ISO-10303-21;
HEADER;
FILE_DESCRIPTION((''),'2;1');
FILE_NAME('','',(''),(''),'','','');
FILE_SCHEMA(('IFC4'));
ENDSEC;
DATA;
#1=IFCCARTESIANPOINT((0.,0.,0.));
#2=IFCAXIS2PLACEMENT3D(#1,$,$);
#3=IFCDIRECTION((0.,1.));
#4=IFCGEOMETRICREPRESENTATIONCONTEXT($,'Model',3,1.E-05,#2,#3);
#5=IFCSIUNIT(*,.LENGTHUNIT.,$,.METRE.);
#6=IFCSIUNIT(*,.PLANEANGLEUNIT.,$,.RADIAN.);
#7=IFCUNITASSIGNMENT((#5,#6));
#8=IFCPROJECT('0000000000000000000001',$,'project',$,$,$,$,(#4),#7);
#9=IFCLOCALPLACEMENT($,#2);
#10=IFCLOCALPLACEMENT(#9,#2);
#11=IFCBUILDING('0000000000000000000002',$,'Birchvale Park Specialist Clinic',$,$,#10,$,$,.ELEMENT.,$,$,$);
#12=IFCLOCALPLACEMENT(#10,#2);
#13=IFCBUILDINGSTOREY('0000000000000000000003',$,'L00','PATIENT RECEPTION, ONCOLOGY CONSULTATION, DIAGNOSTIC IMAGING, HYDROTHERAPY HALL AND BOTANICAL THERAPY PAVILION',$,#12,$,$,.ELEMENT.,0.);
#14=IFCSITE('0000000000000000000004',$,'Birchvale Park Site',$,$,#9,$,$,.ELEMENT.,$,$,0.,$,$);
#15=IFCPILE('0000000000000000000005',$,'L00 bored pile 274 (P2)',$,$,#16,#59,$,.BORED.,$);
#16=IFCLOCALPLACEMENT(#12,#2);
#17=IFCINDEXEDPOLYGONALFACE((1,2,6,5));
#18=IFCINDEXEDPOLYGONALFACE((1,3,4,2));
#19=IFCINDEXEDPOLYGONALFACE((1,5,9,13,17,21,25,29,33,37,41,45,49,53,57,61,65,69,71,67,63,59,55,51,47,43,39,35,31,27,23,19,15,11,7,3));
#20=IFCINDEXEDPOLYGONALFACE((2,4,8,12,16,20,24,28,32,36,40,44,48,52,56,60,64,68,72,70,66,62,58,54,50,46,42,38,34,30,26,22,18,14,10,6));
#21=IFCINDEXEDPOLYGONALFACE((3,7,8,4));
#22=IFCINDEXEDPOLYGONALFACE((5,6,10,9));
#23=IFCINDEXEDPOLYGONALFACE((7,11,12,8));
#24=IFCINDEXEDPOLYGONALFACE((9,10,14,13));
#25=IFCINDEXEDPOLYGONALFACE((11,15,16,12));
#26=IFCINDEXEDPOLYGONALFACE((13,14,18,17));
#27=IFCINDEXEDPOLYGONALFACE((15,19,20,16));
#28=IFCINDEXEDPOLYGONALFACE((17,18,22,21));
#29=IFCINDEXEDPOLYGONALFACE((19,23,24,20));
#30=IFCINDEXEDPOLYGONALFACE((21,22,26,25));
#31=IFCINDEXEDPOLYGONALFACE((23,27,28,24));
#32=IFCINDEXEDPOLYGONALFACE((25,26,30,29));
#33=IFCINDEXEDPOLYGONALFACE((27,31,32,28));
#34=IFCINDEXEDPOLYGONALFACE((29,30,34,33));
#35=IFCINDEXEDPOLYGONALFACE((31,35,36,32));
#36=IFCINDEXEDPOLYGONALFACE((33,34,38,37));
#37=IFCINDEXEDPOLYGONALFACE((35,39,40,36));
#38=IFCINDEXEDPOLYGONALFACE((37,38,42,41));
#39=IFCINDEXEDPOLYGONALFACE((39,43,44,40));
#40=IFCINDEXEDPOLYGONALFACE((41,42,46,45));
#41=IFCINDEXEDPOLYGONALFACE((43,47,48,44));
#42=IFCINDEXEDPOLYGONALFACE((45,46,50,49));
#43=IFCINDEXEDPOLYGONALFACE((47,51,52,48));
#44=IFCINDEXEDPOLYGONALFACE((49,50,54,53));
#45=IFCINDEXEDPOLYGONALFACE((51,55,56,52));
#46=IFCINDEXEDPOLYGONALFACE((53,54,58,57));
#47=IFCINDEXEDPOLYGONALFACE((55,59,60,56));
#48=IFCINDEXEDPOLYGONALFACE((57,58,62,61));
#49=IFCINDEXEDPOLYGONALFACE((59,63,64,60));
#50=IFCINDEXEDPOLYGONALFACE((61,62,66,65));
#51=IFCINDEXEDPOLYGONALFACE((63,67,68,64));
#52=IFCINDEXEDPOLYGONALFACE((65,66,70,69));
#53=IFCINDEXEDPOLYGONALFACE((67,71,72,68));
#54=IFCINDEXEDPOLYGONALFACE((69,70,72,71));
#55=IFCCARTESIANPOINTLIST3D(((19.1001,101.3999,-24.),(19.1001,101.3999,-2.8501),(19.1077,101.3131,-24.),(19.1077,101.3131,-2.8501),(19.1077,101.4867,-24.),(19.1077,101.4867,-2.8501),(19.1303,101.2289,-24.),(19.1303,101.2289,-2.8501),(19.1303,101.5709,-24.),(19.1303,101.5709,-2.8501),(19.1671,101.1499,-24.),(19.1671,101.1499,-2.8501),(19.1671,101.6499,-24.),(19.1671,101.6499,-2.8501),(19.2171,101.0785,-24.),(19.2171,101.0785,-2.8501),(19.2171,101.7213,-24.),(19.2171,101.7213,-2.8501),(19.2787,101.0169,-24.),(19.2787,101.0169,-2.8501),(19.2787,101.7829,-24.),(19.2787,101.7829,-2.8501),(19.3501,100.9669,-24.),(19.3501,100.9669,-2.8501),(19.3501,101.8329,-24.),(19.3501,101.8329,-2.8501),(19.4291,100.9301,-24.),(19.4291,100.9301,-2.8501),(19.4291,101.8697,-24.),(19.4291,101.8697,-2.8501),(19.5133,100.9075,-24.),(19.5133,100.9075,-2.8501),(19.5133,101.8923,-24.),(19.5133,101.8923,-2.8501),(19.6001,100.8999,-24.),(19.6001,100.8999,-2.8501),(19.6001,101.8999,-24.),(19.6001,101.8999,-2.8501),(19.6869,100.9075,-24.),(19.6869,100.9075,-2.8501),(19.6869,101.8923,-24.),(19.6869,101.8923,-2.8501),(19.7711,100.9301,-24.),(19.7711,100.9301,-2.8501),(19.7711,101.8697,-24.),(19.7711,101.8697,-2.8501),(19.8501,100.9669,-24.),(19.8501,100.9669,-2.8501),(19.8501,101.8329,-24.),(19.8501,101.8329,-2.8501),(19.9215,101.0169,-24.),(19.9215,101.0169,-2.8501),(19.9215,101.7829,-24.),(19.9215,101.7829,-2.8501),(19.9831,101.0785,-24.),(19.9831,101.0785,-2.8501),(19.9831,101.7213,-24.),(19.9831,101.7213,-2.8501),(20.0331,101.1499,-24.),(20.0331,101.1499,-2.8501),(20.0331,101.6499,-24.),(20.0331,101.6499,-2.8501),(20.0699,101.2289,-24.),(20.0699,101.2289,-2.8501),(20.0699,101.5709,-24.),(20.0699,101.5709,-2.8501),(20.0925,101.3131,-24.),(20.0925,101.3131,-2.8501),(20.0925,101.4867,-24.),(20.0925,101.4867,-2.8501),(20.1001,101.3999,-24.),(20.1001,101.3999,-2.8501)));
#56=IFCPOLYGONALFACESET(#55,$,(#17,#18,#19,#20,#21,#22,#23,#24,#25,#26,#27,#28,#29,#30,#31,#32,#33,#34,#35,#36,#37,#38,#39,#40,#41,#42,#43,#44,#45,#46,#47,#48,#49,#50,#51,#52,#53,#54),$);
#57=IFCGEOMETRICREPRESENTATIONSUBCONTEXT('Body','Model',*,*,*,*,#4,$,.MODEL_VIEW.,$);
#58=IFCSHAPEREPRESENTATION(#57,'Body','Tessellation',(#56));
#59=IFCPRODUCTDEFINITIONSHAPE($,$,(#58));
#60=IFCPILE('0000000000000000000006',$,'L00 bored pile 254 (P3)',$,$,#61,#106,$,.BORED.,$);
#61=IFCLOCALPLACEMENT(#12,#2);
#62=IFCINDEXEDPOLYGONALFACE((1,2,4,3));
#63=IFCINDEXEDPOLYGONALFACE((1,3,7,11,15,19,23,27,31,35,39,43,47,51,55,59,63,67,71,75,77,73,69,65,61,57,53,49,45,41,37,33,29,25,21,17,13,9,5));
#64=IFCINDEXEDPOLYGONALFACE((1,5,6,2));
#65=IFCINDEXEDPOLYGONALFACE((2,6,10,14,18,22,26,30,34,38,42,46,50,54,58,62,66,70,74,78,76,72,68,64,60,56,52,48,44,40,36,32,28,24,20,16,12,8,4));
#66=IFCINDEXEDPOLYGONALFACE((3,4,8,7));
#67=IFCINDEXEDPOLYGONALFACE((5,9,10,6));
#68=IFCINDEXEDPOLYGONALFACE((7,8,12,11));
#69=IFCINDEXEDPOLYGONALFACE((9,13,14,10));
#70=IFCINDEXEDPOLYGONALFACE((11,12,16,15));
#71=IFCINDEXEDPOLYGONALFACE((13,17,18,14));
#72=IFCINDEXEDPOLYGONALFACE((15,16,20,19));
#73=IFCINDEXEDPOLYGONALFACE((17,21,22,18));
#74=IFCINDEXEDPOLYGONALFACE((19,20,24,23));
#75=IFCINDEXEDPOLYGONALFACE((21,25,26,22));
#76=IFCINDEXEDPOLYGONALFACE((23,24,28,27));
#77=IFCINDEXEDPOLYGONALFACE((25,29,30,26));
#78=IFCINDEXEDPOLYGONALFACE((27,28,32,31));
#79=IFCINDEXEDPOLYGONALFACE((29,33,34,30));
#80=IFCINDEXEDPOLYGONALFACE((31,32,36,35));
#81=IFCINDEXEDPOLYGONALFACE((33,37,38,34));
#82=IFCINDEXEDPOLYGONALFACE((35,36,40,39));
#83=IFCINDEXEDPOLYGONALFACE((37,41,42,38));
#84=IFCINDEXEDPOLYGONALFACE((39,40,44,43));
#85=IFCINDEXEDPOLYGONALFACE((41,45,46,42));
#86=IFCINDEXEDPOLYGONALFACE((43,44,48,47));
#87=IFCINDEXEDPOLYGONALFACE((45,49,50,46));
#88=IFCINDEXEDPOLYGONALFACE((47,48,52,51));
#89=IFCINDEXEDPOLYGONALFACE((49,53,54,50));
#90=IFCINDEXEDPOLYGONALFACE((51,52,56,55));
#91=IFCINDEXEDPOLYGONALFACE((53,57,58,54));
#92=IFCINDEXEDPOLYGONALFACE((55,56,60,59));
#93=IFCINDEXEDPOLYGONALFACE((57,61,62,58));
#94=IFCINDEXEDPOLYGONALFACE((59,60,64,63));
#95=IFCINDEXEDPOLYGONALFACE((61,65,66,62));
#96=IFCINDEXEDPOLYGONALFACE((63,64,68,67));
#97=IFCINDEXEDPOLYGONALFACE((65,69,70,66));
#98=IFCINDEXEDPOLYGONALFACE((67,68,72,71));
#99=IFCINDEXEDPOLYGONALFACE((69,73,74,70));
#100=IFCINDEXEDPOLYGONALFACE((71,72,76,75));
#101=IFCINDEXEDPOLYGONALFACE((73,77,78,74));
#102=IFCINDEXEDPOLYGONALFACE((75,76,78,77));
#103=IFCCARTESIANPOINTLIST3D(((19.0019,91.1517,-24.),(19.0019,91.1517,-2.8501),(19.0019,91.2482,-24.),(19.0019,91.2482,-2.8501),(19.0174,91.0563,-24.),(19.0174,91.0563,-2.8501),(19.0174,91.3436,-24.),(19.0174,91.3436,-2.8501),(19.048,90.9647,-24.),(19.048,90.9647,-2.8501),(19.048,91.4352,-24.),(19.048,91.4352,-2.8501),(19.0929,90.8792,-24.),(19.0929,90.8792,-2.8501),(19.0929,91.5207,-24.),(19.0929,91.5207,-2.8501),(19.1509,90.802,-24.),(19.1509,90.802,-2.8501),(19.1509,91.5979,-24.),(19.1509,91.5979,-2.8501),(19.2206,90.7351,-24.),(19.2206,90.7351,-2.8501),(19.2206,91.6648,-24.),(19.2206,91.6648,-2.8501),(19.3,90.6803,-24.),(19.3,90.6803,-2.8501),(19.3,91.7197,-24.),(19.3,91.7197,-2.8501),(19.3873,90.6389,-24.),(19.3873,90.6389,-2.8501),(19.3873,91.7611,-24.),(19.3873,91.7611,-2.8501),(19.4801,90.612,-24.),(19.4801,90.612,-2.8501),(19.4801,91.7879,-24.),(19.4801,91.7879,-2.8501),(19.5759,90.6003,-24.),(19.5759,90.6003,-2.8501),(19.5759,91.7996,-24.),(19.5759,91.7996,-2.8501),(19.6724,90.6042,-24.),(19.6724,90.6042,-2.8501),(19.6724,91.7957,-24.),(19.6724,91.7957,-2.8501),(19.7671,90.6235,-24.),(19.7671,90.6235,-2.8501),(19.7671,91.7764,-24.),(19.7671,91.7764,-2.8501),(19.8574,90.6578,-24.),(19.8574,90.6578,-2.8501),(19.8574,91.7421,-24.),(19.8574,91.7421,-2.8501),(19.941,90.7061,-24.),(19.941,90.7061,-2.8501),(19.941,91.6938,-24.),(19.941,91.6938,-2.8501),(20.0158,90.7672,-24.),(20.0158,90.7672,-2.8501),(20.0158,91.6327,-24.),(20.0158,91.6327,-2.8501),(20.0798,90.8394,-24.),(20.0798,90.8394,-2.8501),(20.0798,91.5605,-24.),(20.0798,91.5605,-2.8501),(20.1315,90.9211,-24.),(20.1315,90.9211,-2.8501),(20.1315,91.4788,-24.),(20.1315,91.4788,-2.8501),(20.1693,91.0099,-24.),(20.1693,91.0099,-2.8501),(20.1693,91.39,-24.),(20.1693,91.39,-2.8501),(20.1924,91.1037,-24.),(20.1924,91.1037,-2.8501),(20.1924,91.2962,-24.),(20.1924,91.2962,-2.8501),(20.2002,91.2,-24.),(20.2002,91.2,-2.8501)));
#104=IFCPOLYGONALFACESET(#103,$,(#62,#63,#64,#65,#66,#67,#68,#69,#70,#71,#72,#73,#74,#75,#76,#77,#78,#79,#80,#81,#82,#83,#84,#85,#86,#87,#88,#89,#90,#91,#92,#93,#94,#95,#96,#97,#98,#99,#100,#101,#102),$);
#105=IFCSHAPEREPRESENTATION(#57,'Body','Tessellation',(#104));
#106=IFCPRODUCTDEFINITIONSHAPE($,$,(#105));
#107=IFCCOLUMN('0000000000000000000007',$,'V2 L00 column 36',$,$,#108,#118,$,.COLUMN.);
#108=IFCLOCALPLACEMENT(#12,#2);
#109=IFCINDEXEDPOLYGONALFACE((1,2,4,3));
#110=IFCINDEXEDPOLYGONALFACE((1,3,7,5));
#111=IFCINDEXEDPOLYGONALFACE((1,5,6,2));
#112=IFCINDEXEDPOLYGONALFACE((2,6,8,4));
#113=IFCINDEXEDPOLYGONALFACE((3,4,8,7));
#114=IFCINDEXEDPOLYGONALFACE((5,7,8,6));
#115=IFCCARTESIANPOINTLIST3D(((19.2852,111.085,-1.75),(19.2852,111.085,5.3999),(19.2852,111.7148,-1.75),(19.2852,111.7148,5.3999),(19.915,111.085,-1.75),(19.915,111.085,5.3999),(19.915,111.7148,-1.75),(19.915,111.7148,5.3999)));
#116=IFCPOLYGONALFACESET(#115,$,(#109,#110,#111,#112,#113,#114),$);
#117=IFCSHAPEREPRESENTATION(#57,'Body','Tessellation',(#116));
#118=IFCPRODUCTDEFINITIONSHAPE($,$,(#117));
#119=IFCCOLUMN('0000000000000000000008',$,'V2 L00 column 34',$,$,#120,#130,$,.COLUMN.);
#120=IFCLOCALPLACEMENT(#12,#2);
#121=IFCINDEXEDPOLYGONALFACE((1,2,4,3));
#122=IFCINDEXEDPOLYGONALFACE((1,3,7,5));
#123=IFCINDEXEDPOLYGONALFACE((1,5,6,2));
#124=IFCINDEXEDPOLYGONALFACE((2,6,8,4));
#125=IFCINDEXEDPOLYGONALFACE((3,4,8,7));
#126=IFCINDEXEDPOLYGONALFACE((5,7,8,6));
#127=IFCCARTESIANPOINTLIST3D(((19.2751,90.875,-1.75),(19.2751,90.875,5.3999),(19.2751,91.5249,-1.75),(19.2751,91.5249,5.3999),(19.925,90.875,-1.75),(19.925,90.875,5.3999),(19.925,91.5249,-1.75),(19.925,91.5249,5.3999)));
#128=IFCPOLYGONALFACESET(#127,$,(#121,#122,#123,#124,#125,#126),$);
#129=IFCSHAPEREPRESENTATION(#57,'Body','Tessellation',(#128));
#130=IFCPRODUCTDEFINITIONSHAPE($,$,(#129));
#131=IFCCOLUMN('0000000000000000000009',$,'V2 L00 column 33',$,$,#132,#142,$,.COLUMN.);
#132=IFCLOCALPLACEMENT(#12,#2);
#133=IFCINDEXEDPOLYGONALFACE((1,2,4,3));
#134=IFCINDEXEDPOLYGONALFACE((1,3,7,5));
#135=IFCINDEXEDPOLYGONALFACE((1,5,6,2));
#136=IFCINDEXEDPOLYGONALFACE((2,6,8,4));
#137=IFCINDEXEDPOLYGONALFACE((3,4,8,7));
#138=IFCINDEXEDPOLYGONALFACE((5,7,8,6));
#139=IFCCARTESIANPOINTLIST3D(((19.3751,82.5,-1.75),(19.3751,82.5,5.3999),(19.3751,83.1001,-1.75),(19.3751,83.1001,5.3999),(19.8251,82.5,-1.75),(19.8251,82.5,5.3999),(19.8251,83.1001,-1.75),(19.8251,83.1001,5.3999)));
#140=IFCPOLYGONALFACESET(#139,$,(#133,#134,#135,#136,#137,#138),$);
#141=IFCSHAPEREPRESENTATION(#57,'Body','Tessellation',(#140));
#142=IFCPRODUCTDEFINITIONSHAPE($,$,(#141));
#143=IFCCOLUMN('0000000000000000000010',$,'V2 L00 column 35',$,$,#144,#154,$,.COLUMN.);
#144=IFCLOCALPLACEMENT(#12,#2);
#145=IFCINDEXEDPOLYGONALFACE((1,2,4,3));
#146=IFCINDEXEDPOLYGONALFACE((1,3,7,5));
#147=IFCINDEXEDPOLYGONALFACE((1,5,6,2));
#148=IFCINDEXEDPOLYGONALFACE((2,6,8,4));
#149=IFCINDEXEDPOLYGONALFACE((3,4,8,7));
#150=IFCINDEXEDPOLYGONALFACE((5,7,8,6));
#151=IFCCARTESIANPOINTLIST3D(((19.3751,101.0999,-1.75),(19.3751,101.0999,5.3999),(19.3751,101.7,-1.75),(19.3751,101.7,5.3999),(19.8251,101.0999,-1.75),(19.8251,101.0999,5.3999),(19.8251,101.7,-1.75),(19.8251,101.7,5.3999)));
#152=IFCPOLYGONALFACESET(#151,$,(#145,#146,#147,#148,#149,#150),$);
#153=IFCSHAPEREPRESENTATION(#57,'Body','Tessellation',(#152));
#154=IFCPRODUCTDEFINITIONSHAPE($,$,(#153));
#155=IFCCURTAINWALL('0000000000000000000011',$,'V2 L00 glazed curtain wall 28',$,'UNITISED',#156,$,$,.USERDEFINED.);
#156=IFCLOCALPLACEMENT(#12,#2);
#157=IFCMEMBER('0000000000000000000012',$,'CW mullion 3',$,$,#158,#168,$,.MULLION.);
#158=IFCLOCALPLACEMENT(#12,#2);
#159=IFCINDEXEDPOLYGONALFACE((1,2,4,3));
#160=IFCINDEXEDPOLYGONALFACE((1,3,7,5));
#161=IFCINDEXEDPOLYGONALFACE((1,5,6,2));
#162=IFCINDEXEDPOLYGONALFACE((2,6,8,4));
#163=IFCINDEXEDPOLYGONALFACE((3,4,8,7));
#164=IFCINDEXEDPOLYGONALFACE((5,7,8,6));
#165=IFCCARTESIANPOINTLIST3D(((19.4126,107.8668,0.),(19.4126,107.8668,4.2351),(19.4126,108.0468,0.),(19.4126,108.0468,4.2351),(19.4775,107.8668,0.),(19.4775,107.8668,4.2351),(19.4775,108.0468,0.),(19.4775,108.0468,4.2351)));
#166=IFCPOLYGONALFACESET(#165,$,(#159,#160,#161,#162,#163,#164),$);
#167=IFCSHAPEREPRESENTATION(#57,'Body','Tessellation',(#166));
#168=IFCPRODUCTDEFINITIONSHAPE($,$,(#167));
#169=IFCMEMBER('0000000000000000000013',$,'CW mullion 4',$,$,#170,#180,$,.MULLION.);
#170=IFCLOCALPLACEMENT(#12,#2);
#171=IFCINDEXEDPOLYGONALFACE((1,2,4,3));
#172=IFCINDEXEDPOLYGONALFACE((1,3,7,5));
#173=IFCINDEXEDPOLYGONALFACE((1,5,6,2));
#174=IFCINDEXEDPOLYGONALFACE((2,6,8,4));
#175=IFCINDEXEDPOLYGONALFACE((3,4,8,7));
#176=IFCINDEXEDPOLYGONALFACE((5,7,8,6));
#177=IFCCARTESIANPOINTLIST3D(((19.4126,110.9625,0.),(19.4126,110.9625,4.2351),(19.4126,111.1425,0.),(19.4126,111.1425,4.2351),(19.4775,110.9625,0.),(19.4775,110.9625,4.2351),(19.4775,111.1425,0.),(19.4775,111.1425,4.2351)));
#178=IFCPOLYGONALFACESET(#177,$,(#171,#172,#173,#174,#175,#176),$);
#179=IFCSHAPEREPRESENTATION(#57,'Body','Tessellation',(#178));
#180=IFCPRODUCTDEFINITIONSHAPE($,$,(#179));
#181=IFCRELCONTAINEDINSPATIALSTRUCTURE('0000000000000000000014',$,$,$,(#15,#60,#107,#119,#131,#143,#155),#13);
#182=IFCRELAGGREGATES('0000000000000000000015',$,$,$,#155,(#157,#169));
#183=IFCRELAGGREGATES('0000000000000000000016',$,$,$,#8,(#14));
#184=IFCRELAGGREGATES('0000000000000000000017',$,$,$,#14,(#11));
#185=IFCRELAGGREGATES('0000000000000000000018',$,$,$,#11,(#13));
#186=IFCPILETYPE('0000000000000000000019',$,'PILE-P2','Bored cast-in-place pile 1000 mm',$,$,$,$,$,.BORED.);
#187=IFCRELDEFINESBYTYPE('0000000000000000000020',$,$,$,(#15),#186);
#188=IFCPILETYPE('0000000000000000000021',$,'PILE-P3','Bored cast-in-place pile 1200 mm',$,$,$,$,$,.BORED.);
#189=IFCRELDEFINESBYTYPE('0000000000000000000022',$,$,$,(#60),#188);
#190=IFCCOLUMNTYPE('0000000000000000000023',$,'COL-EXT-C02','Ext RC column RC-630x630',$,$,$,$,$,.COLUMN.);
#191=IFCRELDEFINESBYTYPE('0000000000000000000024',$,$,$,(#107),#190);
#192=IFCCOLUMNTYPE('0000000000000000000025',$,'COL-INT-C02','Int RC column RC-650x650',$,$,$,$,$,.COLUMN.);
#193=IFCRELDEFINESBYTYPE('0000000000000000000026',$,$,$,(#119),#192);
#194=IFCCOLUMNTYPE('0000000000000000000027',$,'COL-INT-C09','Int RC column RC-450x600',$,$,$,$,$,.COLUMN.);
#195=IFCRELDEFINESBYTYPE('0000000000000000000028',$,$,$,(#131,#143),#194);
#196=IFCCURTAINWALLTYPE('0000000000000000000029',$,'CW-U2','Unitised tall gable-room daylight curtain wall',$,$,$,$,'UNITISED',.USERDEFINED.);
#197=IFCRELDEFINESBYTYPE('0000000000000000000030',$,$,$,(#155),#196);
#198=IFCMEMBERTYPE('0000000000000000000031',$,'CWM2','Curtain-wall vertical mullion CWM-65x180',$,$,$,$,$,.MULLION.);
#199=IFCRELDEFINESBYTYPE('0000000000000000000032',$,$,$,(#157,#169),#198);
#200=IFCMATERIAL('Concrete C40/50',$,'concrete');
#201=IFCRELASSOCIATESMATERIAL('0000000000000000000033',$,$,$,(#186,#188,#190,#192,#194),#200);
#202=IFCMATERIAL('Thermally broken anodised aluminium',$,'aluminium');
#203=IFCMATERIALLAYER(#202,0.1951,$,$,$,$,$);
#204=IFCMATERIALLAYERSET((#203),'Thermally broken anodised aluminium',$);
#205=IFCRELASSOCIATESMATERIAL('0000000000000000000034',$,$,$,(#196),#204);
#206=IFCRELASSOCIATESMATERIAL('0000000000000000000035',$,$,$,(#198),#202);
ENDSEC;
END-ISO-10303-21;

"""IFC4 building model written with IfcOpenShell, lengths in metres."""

from ifc_helpers import new_model, si_unit, direction, frame, origin, origin_2d, place, context, subcontext, project, spatial, rectangle, circle, extrude, material, layer, layer_set, material_profile, profile_set, type_object, element, aggregate, save


model = new_model("IFC4")

# Units and contexts
model_context = context("Model", 3, precision=1e-05, world=origin(), true_north=direction((0.0, 1.0)))
body_context = subcontext(model_context, "Body", "Model", "MODEL_VIEW")
ifc_project = project(units=[si_unit("LENGTHUNIT", "METRE"), si_unit("PLANEANGLEUNIT", "RADIAN")], contexts=[model_context])

# Site, building, storey
site_placement = place(None, origin())
site = spatial("IfcSite", under=ifc_project, at=site_placement, Name="Birchvale Park Site", CompositionType="ELEMENT", RefElevation=0.0)
building_placement = place(site_placement, origin())
building = spatial("IfcBuilding", under=site, at=building_placement, Name="Birchvale Park Specialist Clinic", CompositionType="ELEMENT")
storey_placement = place(building_placement, origin())
storey = spatial("IfcBuildingStorey", under=building, at=storey_placement, Name="L00", Description="PATIENT RECEPTION, ONCOLOGY CONSULTATION, DIAGNOSTIC IMAGING, HYDROTHERAPY HALL AND BOTANICAL THERAPY PAVILION", CompositionType="ELEMENT", Elevation=0.0)

# Shared definitions
ifc_material_1 = material(Name="Concrete C40/50", Category="concrete")

# Piles
ifc_material_profile_1 = material_profile(ifc_material_1, circle(Radius=0.5, at=origin_2d()), Name="PILE-1000")
ifc_profile_set_1 = profile_set([ifc_material_profile_1], Name="Concrete C40/50")
pile_type_1 = type_object("IfcPileType", Name="PILE-P2", Description="Bored cast-in-place pile 1000 mm", PredefinedType="BORED", material=ifc_profile_set_1)
for number, where, z_axis, x_axis, name in (
    (1, (19.6001, 101.3999, -2.8501), (0.0, 0.0, -1.0), (1.0, 0.0, 0.0), "L00 bored pile 274 (P2)"),
):
    element("IfcPile", number, at=place(storey_placement, frame(where, z_axis=z_axis, x_axis=x_axis)), inside=storey, type_object=pile_type_1, Name=name, PredefinedType="BORED", context=body_context, shape_type="SweptSolid", body=[
        extrude(circle(Radius=0.5, at=origin_2d()), origin(), (0.0, 0.0, 1.0), 21.1499),
    ])
ifc_material_profile_2 = material_profile(ifc_material_1, circle(Radius=0.6001, at=origin_2d()), Name="PILE-1200")
ifc_profile_set_2 = profile_set([ifc_material_profile_2], Name="Concrete C40/50")
pile_type_2 = type_object("IfcPileType", Name="PILE-P3", Description="Bored cast-in-place pile 1200 mm", PredefinedType="BORED", material=ifc_profile_set_2)
pile_1_placement = place(storey_placement, frame((19.6001, 91.2, -2.8501), z_axis=(0.0, 0.0, -1.0), x_axis=(1.0, 0.0, 0.0)))
element("IfcPile", 2, at=pile_1_placement, inside=storey, type_object=pile_type_2, Name="L00 bored pile 254 (P3)", PredefinedType="BORED", context=body_context, shape_type="SweptSolid", body=[
    extrude(circle(Radius=0.6001, at=origin_2d()), origin(), (0.0, 0.0, 1.0), 21.1499),
])

# Columns
ifc_material_profile_3 = material_profile(ifc_material_1, rectangle(XDim=0.6299, YDim=0.6299, at=origin_2d()), Name="RC-630x630")
ifc_profile_set_3 = profile_set([ifc_material_profile_3], Name="Concrete C40/50")
column_type_1 = type_object("IfcColumnType", Name="COL-EXT-C02", Description="Ext RC column RC-630x630", PredefinedType="COLUMN", material=ifc_profile_set_3)
column_1_placement = place(storey_placement, frame((19.6001, 111.3999, -1.75), z_axis=(0.0, 0.0, 1.0), x_axis=(1.0, 0.0, 0.0)))
element("IfcColumn", 3, at=column_1_placement, inside=storey, type_object=column_type_1, Name="V2 L00 column 36", PredefinedType="COLUMN", context=body_context, shape_type="SweptSolid", body=[
    extrude(rectangle(XDim=0.6299, YDim=0.6299, at=origin_2d()), origin(), (0.0, 0.0, 1.0), 7.1499),
])
ifc_material_profile_4 = material_profile(ifc_material_1, rectangle(XDim=0.6499, YDim=0.6499, at=origin_2d()), Name="RC-650x650")
ifc_profile_set_4 = profile_set([ifc_material_profile_4], Name="Concrete C40/50")
column_type_2 = type_object("IfcColumnType", Name="COL-INT-C02", Description="Int RC column RC-650x650", PredefinedType="COLUMN", material=ifc_profile_set_4)
column_2_placement = place(storey_placement, frame((19.6001, 91.2, -1.75), z_axis=(0.0, 0.0, 1.0), x_axis=(1.0, 0.0, 0.0)))
element("IfcColumn", 4, at=column_2_placement, inside=storey, type_object=column_type_2, Name="V2 L00 column 34", PredefinedType="COLUMN", context=body_context, shape_type="SweptSolid", body=[
    extrude(rectangle(XDim=0.6499, YDim=0.6499, at=origin_2d()), origin(), (0.0, 0.0, 1.0), 7.1499),
])
ifc_material_profile_5 = material_profile(ifc_material_1, rectangle(XDim=0.45, YDim=0.6001, at=origin_2d()), Name="RC-450x600")
ifc_profile_set_5 = profile_set([ifc_material_profile_5], Name="Concrete C40/50")
column_type_3 = type_object("IfcColumnType", Name="COL-INT-C09", Description="Int RC column RC-450x600", PredefinedType="COLUMN", material=ifc_profile_set_5)
for number, where, z_axis, x_axis, name in (
    (5, (19.6001, 82.8, -1.75), (0.0, 0.0, 1.0), (1.0, 0.0, 0.0), "V2 L00 column 33"),
    (6, (19.6001, 101.3999, -1.75), (0.0, 0.0, 1.0), (1.0, 0.0, 0.0), "V2 L00 column 35"),
):
    element("IfcColumn", number, at=place(storey_placement, frame(where, z_axis=z_axis, x_axis=x_axis)), inside=storey, type_object=column_type_3, Name=name, PredefinedType="COLUMN", context=body_context, shape_type="SweptSolid", body=[
        extrude(rectangle(XDim=0.45, YDim=0.6001, at=origin_2d()), origin(), (0.0, 0.0, 1.0), 7.1499),
    ])

# Curtain wall, members
ifc_material_2 = material(Name="Thermally broken anodised aluminium", Category="aluminium")
ifc_layer_1 = layer(ifc_material_2, 0.1951)
ifc_layer_set_1 = layer_set([ifc_layer_1], Name="Thermally broken anodised aluminium")
curtain_wall_type_1 = type_object("IfcCurtainWallType", Name="CW-U2", Description="Unitised tall gable-room daylight curtain wall", ElementType="UNITISED", PredefinedType="USERDEFINED", material=ifc_layer_set_1)
curtain_wall_1_placement = place(storey_placement, origin())
curtain_wall_1 = element("IfcCurtainWall", 7, at=curtain_wall_1_placement, inside=storey, type_object=curtain_wall_type_1, Name="V2 L00 glazed curtain wall 28", ObjectType="UNITISED", PredefinedType="USERDEFINED")
ifc_material_profile_6 = material_profile(ifc_material_2, rectangle(XDim=0.0649, YDim=0.1799, at=origin_2d()), Name="CWM-65x180")
ifc_profile_set_6 = profile_set([ifc_material_profile_6], Name="Thermally broken anodised aluminium")
member_type_1 = type_object("IfcMemberType", Name="CWM2", Description="Curtain-wall vertical mullion CWM-65x180", PredefinedType="MULLION", material=ifc_profile_set_6)
member_1_placement = place(storey_placement, frame((19.4451, 107.9568, 0.0), z_axis=(0.0, 0.0, 1.0), x_axis=(-1.0, 0.0, 0.0)))
member_1 = element("IfcMember", 8, at=member_1_placement, type_object=member_type_1, Name="CW mullion 3", PredefinedType="MULLION", context=body_context, shape_type="SweptSolid", body=[
    extrude(rectangle(XDim=0.0649, YDim=0.1799, at=origin_2d()), origin(), (0.0, 0.0, 1.0), 4.2351),
])
member_2_placement = place(storey_placement, frame((19.4451, 111.0525, 0.0), z_axis=(0.0, 0.0, 1.0), x_axis=(-1.0, 0.0, 0.0)))
member_2 = element("IfcMember", 9, at=member_2_placement, type_object=member_type_1, Name="CW mullion 4", PredefinedType="MULLION", context=body_context, shape_type="SweptSolid", body=[
    extrude(rectangle(XDim=0.0649, YDim=0.1799, at=origin_2d()), origin(), (0.0, 0.0, 1.0), 4.2351),
])

aggregate(curtain_wall_1, [member_1, member_2])

save(model, "model.ifc")
